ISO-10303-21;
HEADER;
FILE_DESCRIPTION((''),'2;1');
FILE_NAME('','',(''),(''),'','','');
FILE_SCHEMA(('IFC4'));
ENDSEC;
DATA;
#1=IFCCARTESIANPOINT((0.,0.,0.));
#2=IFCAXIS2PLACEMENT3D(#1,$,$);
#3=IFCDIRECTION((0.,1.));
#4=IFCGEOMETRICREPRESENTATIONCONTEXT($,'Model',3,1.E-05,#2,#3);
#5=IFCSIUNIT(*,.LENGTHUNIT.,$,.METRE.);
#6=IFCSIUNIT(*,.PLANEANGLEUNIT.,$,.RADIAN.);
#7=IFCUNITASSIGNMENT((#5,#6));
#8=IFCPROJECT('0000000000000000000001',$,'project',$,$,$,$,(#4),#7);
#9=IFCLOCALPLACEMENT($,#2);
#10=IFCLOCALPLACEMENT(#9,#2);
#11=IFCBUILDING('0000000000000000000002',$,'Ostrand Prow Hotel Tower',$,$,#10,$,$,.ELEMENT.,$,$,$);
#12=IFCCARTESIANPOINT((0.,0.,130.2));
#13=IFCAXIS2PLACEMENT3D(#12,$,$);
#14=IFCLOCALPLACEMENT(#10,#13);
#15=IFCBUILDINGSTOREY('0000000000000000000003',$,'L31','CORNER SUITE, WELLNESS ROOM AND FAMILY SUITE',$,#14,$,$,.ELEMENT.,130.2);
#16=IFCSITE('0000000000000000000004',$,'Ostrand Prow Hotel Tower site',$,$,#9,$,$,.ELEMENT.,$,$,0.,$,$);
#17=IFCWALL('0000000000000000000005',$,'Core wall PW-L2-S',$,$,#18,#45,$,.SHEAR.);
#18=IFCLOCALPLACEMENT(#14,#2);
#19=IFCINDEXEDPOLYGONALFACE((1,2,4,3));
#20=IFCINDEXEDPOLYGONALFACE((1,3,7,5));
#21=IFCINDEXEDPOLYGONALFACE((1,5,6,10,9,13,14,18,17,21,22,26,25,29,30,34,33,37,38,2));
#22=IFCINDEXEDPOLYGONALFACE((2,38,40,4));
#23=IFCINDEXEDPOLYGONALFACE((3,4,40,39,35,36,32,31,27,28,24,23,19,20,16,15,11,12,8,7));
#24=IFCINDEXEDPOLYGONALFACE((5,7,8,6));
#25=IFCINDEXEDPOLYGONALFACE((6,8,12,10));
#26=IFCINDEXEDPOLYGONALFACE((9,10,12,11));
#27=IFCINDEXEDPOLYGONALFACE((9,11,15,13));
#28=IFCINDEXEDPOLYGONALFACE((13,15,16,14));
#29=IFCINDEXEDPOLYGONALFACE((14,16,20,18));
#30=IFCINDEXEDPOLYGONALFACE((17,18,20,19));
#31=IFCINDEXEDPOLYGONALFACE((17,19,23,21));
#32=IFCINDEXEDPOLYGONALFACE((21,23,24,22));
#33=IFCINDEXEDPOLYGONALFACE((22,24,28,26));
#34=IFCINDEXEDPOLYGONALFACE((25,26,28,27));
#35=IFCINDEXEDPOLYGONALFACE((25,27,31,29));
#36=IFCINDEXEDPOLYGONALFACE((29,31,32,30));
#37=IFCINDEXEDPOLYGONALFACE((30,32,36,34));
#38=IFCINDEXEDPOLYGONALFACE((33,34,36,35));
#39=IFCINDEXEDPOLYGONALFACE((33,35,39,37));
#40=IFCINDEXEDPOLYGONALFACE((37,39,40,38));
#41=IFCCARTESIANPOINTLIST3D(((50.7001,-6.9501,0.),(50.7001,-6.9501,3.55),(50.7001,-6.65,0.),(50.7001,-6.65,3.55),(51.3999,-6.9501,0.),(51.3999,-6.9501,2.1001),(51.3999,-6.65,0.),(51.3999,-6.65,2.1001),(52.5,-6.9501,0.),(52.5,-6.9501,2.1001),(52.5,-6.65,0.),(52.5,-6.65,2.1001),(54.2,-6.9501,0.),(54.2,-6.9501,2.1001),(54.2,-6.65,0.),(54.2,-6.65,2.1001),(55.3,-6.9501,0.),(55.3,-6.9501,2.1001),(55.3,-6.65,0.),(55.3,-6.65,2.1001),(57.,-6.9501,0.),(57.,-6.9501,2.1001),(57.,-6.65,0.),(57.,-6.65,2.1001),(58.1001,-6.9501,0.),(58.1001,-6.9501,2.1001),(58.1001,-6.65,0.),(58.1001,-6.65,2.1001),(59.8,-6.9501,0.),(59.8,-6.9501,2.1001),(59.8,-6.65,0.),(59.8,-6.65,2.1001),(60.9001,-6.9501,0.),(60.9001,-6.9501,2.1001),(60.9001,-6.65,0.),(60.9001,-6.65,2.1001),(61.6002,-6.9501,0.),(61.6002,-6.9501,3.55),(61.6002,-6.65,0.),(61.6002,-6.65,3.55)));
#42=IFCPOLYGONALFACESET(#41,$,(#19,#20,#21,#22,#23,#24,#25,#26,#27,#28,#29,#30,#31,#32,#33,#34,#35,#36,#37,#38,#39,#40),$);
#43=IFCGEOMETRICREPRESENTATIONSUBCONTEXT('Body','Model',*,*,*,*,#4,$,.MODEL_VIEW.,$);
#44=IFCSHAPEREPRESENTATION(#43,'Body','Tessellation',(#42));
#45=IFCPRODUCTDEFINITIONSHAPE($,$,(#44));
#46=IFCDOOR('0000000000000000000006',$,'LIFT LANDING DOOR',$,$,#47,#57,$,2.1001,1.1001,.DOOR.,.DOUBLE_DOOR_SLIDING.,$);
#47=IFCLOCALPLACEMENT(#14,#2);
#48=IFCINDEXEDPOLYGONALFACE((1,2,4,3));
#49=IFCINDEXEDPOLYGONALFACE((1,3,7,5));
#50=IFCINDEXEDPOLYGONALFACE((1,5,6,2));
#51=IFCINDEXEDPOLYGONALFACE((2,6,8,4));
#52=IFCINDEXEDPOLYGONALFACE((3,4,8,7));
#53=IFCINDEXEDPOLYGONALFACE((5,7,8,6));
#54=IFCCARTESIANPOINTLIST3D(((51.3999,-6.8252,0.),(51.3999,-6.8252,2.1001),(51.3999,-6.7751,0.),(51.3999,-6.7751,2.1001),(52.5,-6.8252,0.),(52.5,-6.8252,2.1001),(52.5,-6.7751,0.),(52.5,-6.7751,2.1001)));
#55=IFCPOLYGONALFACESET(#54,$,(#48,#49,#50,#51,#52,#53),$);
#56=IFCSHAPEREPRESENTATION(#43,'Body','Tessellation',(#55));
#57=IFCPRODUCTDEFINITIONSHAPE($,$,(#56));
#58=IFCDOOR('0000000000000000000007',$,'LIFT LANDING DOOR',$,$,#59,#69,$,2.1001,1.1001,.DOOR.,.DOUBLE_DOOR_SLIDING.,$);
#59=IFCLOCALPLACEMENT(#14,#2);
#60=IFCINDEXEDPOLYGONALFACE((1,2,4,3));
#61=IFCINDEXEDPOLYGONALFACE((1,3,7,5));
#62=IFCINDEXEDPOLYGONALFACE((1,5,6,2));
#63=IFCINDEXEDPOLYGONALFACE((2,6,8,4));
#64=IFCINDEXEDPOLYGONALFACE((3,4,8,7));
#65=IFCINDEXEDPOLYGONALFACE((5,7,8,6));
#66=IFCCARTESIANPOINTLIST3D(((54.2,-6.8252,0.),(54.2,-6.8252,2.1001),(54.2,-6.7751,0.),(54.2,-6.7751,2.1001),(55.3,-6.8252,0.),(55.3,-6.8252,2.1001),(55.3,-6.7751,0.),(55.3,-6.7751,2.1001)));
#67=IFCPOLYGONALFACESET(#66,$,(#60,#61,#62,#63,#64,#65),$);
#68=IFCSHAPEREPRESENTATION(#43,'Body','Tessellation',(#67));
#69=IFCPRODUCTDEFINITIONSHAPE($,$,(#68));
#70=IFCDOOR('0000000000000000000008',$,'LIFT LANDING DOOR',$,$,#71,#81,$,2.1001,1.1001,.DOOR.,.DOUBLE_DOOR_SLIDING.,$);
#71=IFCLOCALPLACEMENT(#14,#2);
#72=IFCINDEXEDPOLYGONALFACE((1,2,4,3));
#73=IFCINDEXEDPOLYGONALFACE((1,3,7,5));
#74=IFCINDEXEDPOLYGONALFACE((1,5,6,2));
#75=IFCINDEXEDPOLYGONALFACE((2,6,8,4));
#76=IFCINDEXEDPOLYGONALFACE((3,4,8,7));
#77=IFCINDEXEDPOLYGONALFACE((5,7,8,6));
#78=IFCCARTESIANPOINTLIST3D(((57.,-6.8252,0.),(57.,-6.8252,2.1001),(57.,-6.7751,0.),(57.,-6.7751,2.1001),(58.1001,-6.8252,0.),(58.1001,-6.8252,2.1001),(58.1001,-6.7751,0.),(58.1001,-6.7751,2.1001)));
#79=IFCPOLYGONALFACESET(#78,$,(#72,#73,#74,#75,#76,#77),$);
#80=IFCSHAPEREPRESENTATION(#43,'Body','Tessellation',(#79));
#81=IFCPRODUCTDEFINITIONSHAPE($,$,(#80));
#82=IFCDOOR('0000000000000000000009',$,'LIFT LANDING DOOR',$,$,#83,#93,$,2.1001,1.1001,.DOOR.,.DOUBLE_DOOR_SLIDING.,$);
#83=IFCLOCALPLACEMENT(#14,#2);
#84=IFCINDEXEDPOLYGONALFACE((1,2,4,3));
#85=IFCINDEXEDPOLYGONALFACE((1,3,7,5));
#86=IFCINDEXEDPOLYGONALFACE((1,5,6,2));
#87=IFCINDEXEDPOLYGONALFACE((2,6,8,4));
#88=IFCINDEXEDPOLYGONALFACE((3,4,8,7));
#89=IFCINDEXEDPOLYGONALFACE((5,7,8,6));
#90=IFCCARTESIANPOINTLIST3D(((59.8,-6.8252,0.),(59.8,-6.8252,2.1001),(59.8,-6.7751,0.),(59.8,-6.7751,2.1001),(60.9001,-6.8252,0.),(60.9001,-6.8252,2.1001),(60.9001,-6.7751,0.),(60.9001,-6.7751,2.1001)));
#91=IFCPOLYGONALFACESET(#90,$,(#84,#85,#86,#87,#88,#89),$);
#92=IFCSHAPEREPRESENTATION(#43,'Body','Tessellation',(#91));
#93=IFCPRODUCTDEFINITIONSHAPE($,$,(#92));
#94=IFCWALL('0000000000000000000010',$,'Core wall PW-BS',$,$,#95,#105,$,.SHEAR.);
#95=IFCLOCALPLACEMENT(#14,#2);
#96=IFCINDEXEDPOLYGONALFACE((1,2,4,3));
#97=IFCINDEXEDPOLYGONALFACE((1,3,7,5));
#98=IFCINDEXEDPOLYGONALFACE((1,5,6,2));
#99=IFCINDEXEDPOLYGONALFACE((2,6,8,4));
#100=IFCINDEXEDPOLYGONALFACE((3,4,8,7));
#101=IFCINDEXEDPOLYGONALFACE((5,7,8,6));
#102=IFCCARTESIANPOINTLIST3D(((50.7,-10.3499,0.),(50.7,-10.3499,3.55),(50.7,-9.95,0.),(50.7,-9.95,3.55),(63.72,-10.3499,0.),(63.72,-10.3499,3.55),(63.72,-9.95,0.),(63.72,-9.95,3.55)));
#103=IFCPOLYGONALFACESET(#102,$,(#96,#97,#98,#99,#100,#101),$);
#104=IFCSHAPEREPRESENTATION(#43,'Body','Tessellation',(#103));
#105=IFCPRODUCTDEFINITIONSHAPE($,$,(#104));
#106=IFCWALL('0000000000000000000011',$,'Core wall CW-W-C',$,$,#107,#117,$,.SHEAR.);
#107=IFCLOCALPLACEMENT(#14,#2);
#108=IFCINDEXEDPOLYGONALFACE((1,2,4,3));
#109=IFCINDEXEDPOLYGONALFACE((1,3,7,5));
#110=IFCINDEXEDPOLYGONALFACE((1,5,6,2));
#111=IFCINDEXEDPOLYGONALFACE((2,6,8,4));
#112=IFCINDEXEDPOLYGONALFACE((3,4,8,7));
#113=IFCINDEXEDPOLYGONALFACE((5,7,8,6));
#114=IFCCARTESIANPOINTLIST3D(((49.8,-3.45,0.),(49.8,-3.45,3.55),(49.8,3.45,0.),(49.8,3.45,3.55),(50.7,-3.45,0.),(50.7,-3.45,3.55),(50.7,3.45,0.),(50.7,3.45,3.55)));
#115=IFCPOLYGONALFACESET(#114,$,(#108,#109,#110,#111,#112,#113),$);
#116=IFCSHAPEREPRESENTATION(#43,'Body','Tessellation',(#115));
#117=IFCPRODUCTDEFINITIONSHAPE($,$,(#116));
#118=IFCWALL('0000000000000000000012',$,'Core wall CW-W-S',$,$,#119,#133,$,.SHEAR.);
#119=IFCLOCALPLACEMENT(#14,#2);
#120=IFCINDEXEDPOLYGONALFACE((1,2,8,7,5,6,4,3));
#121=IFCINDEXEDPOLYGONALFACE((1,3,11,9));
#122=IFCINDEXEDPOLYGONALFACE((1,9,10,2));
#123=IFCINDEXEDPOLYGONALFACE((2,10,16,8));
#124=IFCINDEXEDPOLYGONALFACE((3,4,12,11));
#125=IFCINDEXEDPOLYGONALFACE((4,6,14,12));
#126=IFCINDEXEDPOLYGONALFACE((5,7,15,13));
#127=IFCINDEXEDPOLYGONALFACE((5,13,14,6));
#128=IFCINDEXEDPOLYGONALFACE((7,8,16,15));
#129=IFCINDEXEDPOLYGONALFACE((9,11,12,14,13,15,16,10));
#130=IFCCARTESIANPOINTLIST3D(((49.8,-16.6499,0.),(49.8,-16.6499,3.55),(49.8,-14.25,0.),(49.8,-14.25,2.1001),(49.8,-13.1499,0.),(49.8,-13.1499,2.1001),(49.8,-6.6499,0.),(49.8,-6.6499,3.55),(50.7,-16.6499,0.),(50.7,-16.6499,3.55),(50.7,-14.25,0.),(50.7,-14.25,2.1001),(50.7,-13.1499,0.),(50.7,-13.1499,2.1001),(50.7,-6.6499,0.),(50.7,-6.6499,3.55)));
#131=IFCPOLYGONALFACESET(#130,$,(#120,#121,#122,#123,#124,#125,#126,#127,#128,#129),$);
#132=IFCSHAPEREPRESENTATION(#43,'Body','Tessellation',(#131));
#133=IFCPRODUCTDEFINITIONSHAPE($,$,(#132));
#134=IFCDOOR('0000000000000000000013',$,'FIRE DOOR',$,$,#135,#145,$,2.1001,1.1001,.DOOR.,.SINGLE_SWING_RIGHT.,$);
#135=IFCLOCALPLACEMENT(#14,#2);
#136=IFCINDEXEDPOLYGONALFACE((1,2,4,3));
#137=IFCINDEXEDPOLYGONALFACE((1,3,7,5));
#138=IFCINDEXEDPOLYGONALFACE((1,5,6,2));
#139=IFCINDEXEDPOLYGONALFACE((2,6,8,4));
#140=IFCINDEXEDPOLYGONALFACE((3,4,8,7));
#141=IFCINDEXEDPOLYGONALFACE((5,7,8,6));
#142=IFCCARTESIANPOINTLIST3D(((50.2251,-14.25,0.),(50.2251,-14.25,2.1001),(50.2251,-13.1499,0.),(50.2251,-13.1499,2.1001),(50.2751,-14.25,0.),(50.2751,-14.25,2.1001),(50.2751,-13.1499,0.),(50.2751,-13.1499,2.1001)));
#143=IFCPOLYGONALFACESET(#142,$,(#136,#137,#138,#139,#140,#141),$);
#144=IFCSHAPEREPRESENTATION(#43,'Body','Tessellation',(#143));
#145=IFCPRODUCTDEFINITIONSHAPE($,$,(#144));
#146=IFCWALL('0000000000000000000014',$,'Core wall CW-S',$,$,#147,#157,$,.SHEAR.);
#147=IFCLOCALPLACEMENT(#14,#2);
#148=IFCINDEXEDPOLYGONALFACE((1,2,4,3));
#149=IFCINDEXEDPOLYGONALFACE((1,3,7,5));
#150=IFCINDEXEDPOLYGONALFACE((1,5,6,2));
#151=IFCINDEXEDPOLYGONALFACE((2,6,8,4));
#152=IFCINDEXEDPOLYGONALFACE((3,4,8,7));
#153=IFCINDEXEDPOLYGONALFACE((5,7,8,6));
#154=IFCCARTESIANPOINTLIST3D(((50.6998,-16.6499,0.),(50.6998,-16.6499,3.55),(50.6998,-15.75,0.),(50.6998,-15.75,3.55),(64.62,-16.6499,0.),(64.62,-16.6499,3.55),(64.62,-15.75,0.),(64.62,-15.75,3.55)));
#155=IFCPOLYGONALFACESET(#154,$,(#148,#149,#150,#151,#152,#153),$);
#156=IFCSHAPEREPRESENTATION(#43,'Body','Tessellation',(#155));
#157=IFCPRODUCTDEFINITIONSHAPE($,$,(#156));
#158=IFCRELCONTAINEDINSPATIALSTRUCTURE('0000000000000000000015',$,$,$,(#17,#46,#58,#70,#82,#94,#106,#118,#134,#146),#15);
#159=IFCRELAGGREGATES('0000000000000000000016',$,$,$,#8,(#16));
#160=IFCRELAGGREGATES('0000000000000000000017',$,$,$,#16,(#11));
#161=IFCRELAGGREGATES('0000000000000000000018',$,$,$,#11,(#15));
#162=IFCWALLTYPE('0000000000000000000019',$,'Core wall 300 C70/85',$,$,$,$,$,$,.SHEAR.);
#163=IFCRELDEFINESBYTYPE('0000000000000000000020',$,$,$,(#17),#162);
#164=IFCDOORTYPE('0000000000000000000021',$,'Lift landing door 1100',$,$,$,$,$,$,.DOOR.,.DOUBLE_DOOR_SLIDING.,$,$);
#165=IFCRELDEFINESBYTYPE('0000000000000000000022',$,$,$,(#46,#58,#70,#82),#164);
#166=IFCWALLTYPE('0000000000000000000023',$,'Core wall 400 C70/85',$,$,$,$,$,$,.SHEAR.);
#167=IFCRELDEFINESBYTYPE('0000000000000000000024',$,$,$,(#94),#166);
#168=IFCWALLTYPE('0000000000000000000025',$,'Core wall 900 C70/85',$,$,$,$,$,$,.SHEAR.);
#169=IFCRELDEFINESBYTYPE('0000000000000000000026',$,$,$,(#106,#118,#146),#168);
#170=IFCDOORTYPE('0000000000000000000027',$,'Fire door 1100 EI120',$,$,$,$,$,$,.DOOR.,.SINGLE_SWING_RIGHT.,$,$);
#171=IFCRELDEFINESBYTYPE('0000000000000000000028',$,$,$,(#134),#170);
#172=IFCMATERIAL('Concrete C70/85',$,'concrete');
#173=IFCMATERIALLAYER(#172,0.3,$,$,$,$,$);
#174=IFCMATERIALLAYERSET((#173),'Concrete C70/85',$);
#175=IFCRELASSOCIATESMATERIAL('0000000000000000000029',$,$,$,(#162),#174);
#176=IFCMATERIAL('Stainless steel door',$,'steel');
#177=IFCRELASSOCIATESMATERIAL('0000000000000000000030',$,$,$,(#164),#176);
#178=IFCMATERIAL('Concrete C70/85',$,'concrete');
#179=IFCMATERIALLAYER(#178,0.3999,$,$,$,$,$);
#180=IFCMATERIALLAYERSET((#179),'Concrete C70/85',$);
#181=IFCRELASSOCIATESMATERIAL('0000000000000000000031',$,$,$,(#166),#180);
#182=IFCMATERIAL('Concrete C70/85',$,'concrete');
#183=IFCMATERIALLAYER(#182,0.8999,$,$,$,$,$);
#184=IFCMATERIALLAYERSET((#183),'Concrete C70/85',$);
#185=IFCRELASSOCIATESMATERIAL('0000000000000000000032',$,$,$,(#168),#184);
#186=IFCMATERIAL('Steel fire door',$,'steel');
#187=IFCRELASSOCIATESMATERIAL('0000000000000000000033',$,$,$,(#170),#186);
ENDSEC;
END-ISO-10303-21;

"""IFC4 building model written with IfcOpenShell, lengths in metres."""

from ifc_helpers import new_model, si_unit, direction, frame, frame_2d, origin, place, context, subcontext, project, spatial, rectangle, extrude, material, layer, layer_set, type_object, element, fill, save


model = new_model("IFC4")

# Units and contexts
model_context = context("Model", 3, precision=1e-05, world=origin(), true_north=direction((0.0, 1.0)))
body_context = subcontext(model_context, "Body", "Model", "MODEL_VIEW")
ifc_project = project(units=[si_unit("LENGTHUNIT", "METRE"), si_unit("PLANEANGLEUNIT", "RADIAN")], contexts=[model_context])

# Site, building, storey
site_placement = place(None, origin())
site = spatial("IfcSite", under=ifc_project, at=site_placement, Name="Ostrand Prow Hotel Tower site", CompositionType="ELEMENT", RefElevation=0.0)
building_placement = place(site_placement, origin())
building = spatial("IfcBuilding", under=site, at=building_placement, Name="Ostrand Prow Hotel Tower", CompositionType="ELEMENT")
storey_placement = place(building_placement, frame((0.0, 0.0, 130.2)))
storey = spatial("IfcBuildingStorey", under=building, at=storey_placement, Name="L31", Description="CORNER SUITE, WELLNESS ROOM AND FAMILY SUITE", CompositionType="ELEMENT", Elevation=130.2)

# Shared definitions
ifc_material_1 = material(Name="Concrete C70/85", Category="concrete")
ifc_layer_1 = layer(ifc_material_1, 0.3)
ifc_layer_set_1 = layer_set([ifc_layer_1], Name="Concrete C70/85")
wall_type_1 = type_object("IfcWallType", Name="Core wall 300 C70/85", PredefinedType="SHEAR", material=ifc_layer_set_1)

# Wall, openings, doors
wall_1_placement = place(storey_placement, frame((50.7, -6.8, 0.0), z_axis=(0.0, 0.0, 1.0), x_axis=(1.0, 0.0, 0.0)))
wall_1 = element("IfcWall", 1, at=wall_1_placement, inside=storey, type_object=wall_type_1, Name="Core wall PW-L2-S", PredefinedType="SHEAR", context=body_context, shape_type="SweptSolid", body=[
    extrude(rectangle(XDim=10.9001, YDim=0.3, at=frame_2d((5.4502, 0.0))), origin(), (0.0, 0.0, 1.0), 3.55),
])
opening_1_placement = place(wall_1_placement, frame((0.7, 0.0, 0.0)))
opening_1 = element("IfcOpeningElement", 2, at=opening_1_placement, cuts=wall_1, PredefinedType="OPENING", context=body_context, shape_type="SweptSolid", body=[
    extrude(rectangle(XDim=1.1001, YDim=2.1001, at=frame_2d((0.55, 1.05))), frame((0.0, 0.1599, 0.0), z_axis=(0.0, -1.0, 0.0), x_axis=(1.0, 0.0, 0.0)), (0.0, 0.0, 1.0), 0.3201),
])
opening_2_placement = place(wall_1_placement, frame((3.5, 0.0, 0.0)))
opening_2 = element("IfcOpeningElement", 3, at=opening_2_placement, cuts=wall_1, PredefinedType="OPENING", context=body_context, shape_type="SweptSolid", body=[
    extrude(rectangle(XDim=1.1001, YDim=2.1001, at=frame_2d((0.55, 1.05))), frame((0.0, 0.1599, 0.0), z_axis=(0.0, -1.0, 0.0), x_axis=(1.0, 0.0, 0.0)), (0.0, 0.0, 1.0), 0.3201),
])
opening_3_placement = place(wall_1_placement, frame((6.3, 0.0, 0.0)))
opening_3 = element("IfcOpeningElement", 4, at=opening_3_placement, cuts=wall_1, PredefinedType="OPENING", context=body_context, shape_type="SweptSolid", body=[
    extrude(rectangle(XDim=1.1001, YDim=2.1001, at=frame_2d((0.55, 1.05))), frame((0.0, 0.1599, 0.0), z_axis=(0.0, -1.0, 0.0), x_axis=(1.0, 0.0, 0.0)), (0.0, 0.0, 1.0), 0.3201),
])
opening_4_placement = place(wall_1_placement, frame((9.1001, 0.0, 0.0)))
opening_4 = element("IfcOpeningElement", 5, at=opening_4_placement, cuts=wall_1, PredefinedType="OPENING", context=body_context, shape_type="SweptSolid", body=[
    extrude(rectangle(XDim=1.1001, YDim=2.1001, at=frame_2d((0.55, 1.05))), frame((0.0, 0.1599, 0.0), z_axis=(0.0, -1.0, 0.0), x_axis=(1.0, 0.0, 0.0)), (0.0, 0.0, 1.0), 0.3201),
])
ifc_material_2 = material(Name="Stainless steel door", Category="steel")
door_type_1 = type_object("IfcDoorType", Name="Lift landing door 1100", OperationType="DOUBLE_DOOR_SLIDING", PredefinedType="DOOR", material=ifc_material_2)
door_1_placement = place(opening_1_placement, origin())
door_1 = element("IfcDoor", 6, at=door_1_placement, inside=storey, type_object=door_type_1, Name="LIFT LANDING DOOR", OperationType="DOUBLE_DOOR_SLIDING", OverallHeight=2.1001, OverallWidth=1.1001, PredefinedType="DOOR", context=body_context, shape_type="SweptSolid", body=[
    extrude(rectangle(XDim=1.1001, YDim=2.1001, at=frame_2d((0.55, 1.05))), frame((0.0, 0.0249, 0.0), z_axis=(0.0, -1.0, 0.0), x_axis=(1.0, 0.0, 0.0)), (0.0, 0.0, 1.0), 0.05),
])
fill(opening_1, door_1)
door_2_placement = place(opening_2_placement, origin())
door_2 = element("IfcDoor", 7, at=door_2_placement, inside=storey, type_object=door_type_1, Name="LIFT LANDING DOOR", OperationType="DOUBLE_DOOR_SLIDING", OverallHeight=2.1001, OverallWidth=1.1001, PredefinedType="DOOR", context=body_context, shape_type="SweptSolid", body=[
    extrude(rectangle(XDim=1.1001, YDim=2.1001, at=frame_2d((0.55, 1.05))), frame((0.0, 0.0249, 0.0), z_axis=(0.0, -1.0, 0.0), x_axis=(1.0, 0.0, 0.0)), (0.0, 0.0, 1.0), 0.05),
])
fill(opening_2, door_2)
door_3_placement = place(opening_3_placement, origin())
door_3 = element("IfcDoor", 8, at=door_3_placement, inside=storey, type_object=door_type_1, Name="LIFT LANDING DOOR", OperationType="DOUBLE_DOOR_SLIDING", OverallHeight=2.1001, OverallWidth=1.1001, PredefinedType="DOOR", context=body_context, shape_type="SweptSolid", body=[
    extrude(rectangle(XDim=1.1001, YDim=2.1001, at=frame_2d((0.55, 1.05))), frame((0.0, 0.0249, 0.0), z_axis=(0.0, -1.0, 0.0), x_axis=(1.0, 0.0, 0.0)), (0.0, 0.0, 1.0), 0.05),
])
fill(opening_3, door_3)
door_4_placement = place(opening_4_placement, origin())
door_4 = element("IfcDoor", 9, at=door_4_placement, inside=storey, type_object=door_type_1, Name="LIFT LANDING DOOR", OperationType="DOUBLE_DOOR_SLIDING", OverallHeight=2.1001, OverallWidth=1.1001, PredefinedType="DOOR", context=body_context, shape_type="SweptSolid", body=[
    extrude(rectangle(XDim=1.1001, YDim=2.1001, at=frame_2d((0.55, 1.05))), frame((0.0, 0.0249, 0.0), z_axis=(0.0, -1.0, 0.0), x_axis=(1.0, 0.0, 0.0)), (0.0, 0.0, 1.0), 0.05),
])
fill(opening_4, door_4)

# Walls
ifc_material_3 = material(Name="Concrete C70/85", Category="concrete")
ifc_layer_2 = layer(ifc_material_3, 0.3999)
ifc_layer_set_2 = layer_set([ifc_layer_2], Name="Concrete C70/85")
wall_type_2 = type_object("IfcWallType", Name="Core wall 400 C70/85", PredefinedType="SHEAR", material=ifc_layer_set_2)
wall_2_placement = place(storey_placement, frame((50.7, -10.1499, 0.0), z_axis=(0.0, 0.0, 1.0), x_axis=(1.0, 0.0, 0.0)))
element("IfcWall", 10, at=wall_2_placement, inside=storey, type_object=wall_type_2, Name="Core wall PW-BS", PredefinedType="SHEAR", context=body_context, shape_type="SweptSolid", body=[
    extrude(rectangle(XDim=13.02, YDim=0.3999, at=frame_2d((6.51, 0.0))), origin(), (0.0, 0.0, 1.0), 3.55),
])
ifc_material_4 = material(Name="Concrete C70/85", Category="concrete")
ifc_layer_3 = layer(ifc_material_4, 0.8999)
ifc_layer_set_3 = layer_set([ifc_layer_3], Name="Concrete C70/85")
wall_type_3 = type_object("IfcWallType", Name="Core wall 900 C70/85", PredefinedType="SHEAR", material=ifc_layer_set_3)
wall_3_placement = place(storey_placement, frame((50.25, -3.45, 0.0), z_axis=(0.0, 0.0, 1.0), x_axis=(0.0, 1.0, 0.0)))
element("IfcWall", 11, at=wall_3_placement, inside=storey, type_object=wall_type_3, Name="Core wall CW-W-C", PredefinedType="SHEAR", context=body_context, shape_type="SweptSolid", body=[
    extrude(rectangle(XDim=6.8999, YDim=0.8999, at=frame_2d((3.45, 0.0))), origin(), (0.0, 0.0, 1.0), 3.55),
])

# Wall, opening, door
wall_4_placement = place(storey_placement, frame((50.25, -16.6499, 0.0), z_axis=(0.0, 0.0, 1.0), x_axis=(0.0, 1.0, 0.0)))
wall_4 = element("IfcWall", 12, at=wall_4_placement, inside=storey, type_object=wall_type_3, Name="Core wall CW-W-S", PredefinedType="SHEAR", context=body_context, shape_type="SweptSolid", body=[
    extrude(rectangle(XDim=10.0, YDim=0.8999, at=frame_2d((5.0, 0.0))), origin(), (0.0, 0.0, 1.0), 3.55),
])
opening_5_placement = place(wall_4_placement, frame((2.3999, 0.0, 0.0)))
opening_5 = element("IfcOpeningElement", 13, at=opening_5_placement, cuts=wall_4, PredefinedType="OPENING", context=body_context, shape_type="SweptSolid", body=[
    extrude(rectangle(XDim=1.1001, YDim=2.1001, at=frame_2d((0.55, 1.05))), frame((0.0, 0.46, 0.0), z_axis=(0.0, -1.0, 0.0), x_axis=(1.0, 0.0, 0.0)), (0.0, 0.0, 1.0), 0.9199),
])
ifc_material_5 = material(Name="Steel fire door", Category="steel")
door_type_2 = type_object("IfcDoorType", Name="Fire door 1100 EI120", OperationType="SINGLE_SWING_RIGHT", PredefinedType="DOOR", material=ifc_material_5)
door_5_placement = place(opening_5_placement, origin())
door_5 = element("IfcDoor", 14, at=door_5_placement, inside=storey, type_object=door_type_2, Name="FIRE DOOR", OperationType="SINGLE_SWING_RIGHT", OverallHeight=2.1001, OverallWidth=1.1001, PredefinedType="DOOR", context=body_context, shape_type="SweptSolid", body=[
    extrude(rectangle(XDim=1.1001, YDim=2.1001, at=frame_2d((0.55, 1.05))), frame((0.0, 0.0249, 0.0), z_axis=(0.0, -1.0, 0.0), x_axis=(1.0, 0.0, 0.0)), (0.0, 0.0, 1.0), 0.05),
])
fill(opening_5, door_5)

# Wall
wall_5_placement = place(storey_placement, frame((50.7, -16.2, 0.0), z_axis=(0.0, 0.0, 1.0), x_axis=(1.0, 0.0, 0.0)))
element("IfcWall", 15, at=wall_5_placement, inside=storey, type_object=wall_type_3, Name="Core wall CW-S", PredefinedType="SHEAR", context=body_context, shape_type="SweptSolid", body=[
    extrude(rectangle(XDim=13.9202, YDim=0.8999, at=frame_2d((6.96, 0.0))), origin(), (0.0, 0.0, 1.0), 3.55),
])

save(model, "model.ifc")
